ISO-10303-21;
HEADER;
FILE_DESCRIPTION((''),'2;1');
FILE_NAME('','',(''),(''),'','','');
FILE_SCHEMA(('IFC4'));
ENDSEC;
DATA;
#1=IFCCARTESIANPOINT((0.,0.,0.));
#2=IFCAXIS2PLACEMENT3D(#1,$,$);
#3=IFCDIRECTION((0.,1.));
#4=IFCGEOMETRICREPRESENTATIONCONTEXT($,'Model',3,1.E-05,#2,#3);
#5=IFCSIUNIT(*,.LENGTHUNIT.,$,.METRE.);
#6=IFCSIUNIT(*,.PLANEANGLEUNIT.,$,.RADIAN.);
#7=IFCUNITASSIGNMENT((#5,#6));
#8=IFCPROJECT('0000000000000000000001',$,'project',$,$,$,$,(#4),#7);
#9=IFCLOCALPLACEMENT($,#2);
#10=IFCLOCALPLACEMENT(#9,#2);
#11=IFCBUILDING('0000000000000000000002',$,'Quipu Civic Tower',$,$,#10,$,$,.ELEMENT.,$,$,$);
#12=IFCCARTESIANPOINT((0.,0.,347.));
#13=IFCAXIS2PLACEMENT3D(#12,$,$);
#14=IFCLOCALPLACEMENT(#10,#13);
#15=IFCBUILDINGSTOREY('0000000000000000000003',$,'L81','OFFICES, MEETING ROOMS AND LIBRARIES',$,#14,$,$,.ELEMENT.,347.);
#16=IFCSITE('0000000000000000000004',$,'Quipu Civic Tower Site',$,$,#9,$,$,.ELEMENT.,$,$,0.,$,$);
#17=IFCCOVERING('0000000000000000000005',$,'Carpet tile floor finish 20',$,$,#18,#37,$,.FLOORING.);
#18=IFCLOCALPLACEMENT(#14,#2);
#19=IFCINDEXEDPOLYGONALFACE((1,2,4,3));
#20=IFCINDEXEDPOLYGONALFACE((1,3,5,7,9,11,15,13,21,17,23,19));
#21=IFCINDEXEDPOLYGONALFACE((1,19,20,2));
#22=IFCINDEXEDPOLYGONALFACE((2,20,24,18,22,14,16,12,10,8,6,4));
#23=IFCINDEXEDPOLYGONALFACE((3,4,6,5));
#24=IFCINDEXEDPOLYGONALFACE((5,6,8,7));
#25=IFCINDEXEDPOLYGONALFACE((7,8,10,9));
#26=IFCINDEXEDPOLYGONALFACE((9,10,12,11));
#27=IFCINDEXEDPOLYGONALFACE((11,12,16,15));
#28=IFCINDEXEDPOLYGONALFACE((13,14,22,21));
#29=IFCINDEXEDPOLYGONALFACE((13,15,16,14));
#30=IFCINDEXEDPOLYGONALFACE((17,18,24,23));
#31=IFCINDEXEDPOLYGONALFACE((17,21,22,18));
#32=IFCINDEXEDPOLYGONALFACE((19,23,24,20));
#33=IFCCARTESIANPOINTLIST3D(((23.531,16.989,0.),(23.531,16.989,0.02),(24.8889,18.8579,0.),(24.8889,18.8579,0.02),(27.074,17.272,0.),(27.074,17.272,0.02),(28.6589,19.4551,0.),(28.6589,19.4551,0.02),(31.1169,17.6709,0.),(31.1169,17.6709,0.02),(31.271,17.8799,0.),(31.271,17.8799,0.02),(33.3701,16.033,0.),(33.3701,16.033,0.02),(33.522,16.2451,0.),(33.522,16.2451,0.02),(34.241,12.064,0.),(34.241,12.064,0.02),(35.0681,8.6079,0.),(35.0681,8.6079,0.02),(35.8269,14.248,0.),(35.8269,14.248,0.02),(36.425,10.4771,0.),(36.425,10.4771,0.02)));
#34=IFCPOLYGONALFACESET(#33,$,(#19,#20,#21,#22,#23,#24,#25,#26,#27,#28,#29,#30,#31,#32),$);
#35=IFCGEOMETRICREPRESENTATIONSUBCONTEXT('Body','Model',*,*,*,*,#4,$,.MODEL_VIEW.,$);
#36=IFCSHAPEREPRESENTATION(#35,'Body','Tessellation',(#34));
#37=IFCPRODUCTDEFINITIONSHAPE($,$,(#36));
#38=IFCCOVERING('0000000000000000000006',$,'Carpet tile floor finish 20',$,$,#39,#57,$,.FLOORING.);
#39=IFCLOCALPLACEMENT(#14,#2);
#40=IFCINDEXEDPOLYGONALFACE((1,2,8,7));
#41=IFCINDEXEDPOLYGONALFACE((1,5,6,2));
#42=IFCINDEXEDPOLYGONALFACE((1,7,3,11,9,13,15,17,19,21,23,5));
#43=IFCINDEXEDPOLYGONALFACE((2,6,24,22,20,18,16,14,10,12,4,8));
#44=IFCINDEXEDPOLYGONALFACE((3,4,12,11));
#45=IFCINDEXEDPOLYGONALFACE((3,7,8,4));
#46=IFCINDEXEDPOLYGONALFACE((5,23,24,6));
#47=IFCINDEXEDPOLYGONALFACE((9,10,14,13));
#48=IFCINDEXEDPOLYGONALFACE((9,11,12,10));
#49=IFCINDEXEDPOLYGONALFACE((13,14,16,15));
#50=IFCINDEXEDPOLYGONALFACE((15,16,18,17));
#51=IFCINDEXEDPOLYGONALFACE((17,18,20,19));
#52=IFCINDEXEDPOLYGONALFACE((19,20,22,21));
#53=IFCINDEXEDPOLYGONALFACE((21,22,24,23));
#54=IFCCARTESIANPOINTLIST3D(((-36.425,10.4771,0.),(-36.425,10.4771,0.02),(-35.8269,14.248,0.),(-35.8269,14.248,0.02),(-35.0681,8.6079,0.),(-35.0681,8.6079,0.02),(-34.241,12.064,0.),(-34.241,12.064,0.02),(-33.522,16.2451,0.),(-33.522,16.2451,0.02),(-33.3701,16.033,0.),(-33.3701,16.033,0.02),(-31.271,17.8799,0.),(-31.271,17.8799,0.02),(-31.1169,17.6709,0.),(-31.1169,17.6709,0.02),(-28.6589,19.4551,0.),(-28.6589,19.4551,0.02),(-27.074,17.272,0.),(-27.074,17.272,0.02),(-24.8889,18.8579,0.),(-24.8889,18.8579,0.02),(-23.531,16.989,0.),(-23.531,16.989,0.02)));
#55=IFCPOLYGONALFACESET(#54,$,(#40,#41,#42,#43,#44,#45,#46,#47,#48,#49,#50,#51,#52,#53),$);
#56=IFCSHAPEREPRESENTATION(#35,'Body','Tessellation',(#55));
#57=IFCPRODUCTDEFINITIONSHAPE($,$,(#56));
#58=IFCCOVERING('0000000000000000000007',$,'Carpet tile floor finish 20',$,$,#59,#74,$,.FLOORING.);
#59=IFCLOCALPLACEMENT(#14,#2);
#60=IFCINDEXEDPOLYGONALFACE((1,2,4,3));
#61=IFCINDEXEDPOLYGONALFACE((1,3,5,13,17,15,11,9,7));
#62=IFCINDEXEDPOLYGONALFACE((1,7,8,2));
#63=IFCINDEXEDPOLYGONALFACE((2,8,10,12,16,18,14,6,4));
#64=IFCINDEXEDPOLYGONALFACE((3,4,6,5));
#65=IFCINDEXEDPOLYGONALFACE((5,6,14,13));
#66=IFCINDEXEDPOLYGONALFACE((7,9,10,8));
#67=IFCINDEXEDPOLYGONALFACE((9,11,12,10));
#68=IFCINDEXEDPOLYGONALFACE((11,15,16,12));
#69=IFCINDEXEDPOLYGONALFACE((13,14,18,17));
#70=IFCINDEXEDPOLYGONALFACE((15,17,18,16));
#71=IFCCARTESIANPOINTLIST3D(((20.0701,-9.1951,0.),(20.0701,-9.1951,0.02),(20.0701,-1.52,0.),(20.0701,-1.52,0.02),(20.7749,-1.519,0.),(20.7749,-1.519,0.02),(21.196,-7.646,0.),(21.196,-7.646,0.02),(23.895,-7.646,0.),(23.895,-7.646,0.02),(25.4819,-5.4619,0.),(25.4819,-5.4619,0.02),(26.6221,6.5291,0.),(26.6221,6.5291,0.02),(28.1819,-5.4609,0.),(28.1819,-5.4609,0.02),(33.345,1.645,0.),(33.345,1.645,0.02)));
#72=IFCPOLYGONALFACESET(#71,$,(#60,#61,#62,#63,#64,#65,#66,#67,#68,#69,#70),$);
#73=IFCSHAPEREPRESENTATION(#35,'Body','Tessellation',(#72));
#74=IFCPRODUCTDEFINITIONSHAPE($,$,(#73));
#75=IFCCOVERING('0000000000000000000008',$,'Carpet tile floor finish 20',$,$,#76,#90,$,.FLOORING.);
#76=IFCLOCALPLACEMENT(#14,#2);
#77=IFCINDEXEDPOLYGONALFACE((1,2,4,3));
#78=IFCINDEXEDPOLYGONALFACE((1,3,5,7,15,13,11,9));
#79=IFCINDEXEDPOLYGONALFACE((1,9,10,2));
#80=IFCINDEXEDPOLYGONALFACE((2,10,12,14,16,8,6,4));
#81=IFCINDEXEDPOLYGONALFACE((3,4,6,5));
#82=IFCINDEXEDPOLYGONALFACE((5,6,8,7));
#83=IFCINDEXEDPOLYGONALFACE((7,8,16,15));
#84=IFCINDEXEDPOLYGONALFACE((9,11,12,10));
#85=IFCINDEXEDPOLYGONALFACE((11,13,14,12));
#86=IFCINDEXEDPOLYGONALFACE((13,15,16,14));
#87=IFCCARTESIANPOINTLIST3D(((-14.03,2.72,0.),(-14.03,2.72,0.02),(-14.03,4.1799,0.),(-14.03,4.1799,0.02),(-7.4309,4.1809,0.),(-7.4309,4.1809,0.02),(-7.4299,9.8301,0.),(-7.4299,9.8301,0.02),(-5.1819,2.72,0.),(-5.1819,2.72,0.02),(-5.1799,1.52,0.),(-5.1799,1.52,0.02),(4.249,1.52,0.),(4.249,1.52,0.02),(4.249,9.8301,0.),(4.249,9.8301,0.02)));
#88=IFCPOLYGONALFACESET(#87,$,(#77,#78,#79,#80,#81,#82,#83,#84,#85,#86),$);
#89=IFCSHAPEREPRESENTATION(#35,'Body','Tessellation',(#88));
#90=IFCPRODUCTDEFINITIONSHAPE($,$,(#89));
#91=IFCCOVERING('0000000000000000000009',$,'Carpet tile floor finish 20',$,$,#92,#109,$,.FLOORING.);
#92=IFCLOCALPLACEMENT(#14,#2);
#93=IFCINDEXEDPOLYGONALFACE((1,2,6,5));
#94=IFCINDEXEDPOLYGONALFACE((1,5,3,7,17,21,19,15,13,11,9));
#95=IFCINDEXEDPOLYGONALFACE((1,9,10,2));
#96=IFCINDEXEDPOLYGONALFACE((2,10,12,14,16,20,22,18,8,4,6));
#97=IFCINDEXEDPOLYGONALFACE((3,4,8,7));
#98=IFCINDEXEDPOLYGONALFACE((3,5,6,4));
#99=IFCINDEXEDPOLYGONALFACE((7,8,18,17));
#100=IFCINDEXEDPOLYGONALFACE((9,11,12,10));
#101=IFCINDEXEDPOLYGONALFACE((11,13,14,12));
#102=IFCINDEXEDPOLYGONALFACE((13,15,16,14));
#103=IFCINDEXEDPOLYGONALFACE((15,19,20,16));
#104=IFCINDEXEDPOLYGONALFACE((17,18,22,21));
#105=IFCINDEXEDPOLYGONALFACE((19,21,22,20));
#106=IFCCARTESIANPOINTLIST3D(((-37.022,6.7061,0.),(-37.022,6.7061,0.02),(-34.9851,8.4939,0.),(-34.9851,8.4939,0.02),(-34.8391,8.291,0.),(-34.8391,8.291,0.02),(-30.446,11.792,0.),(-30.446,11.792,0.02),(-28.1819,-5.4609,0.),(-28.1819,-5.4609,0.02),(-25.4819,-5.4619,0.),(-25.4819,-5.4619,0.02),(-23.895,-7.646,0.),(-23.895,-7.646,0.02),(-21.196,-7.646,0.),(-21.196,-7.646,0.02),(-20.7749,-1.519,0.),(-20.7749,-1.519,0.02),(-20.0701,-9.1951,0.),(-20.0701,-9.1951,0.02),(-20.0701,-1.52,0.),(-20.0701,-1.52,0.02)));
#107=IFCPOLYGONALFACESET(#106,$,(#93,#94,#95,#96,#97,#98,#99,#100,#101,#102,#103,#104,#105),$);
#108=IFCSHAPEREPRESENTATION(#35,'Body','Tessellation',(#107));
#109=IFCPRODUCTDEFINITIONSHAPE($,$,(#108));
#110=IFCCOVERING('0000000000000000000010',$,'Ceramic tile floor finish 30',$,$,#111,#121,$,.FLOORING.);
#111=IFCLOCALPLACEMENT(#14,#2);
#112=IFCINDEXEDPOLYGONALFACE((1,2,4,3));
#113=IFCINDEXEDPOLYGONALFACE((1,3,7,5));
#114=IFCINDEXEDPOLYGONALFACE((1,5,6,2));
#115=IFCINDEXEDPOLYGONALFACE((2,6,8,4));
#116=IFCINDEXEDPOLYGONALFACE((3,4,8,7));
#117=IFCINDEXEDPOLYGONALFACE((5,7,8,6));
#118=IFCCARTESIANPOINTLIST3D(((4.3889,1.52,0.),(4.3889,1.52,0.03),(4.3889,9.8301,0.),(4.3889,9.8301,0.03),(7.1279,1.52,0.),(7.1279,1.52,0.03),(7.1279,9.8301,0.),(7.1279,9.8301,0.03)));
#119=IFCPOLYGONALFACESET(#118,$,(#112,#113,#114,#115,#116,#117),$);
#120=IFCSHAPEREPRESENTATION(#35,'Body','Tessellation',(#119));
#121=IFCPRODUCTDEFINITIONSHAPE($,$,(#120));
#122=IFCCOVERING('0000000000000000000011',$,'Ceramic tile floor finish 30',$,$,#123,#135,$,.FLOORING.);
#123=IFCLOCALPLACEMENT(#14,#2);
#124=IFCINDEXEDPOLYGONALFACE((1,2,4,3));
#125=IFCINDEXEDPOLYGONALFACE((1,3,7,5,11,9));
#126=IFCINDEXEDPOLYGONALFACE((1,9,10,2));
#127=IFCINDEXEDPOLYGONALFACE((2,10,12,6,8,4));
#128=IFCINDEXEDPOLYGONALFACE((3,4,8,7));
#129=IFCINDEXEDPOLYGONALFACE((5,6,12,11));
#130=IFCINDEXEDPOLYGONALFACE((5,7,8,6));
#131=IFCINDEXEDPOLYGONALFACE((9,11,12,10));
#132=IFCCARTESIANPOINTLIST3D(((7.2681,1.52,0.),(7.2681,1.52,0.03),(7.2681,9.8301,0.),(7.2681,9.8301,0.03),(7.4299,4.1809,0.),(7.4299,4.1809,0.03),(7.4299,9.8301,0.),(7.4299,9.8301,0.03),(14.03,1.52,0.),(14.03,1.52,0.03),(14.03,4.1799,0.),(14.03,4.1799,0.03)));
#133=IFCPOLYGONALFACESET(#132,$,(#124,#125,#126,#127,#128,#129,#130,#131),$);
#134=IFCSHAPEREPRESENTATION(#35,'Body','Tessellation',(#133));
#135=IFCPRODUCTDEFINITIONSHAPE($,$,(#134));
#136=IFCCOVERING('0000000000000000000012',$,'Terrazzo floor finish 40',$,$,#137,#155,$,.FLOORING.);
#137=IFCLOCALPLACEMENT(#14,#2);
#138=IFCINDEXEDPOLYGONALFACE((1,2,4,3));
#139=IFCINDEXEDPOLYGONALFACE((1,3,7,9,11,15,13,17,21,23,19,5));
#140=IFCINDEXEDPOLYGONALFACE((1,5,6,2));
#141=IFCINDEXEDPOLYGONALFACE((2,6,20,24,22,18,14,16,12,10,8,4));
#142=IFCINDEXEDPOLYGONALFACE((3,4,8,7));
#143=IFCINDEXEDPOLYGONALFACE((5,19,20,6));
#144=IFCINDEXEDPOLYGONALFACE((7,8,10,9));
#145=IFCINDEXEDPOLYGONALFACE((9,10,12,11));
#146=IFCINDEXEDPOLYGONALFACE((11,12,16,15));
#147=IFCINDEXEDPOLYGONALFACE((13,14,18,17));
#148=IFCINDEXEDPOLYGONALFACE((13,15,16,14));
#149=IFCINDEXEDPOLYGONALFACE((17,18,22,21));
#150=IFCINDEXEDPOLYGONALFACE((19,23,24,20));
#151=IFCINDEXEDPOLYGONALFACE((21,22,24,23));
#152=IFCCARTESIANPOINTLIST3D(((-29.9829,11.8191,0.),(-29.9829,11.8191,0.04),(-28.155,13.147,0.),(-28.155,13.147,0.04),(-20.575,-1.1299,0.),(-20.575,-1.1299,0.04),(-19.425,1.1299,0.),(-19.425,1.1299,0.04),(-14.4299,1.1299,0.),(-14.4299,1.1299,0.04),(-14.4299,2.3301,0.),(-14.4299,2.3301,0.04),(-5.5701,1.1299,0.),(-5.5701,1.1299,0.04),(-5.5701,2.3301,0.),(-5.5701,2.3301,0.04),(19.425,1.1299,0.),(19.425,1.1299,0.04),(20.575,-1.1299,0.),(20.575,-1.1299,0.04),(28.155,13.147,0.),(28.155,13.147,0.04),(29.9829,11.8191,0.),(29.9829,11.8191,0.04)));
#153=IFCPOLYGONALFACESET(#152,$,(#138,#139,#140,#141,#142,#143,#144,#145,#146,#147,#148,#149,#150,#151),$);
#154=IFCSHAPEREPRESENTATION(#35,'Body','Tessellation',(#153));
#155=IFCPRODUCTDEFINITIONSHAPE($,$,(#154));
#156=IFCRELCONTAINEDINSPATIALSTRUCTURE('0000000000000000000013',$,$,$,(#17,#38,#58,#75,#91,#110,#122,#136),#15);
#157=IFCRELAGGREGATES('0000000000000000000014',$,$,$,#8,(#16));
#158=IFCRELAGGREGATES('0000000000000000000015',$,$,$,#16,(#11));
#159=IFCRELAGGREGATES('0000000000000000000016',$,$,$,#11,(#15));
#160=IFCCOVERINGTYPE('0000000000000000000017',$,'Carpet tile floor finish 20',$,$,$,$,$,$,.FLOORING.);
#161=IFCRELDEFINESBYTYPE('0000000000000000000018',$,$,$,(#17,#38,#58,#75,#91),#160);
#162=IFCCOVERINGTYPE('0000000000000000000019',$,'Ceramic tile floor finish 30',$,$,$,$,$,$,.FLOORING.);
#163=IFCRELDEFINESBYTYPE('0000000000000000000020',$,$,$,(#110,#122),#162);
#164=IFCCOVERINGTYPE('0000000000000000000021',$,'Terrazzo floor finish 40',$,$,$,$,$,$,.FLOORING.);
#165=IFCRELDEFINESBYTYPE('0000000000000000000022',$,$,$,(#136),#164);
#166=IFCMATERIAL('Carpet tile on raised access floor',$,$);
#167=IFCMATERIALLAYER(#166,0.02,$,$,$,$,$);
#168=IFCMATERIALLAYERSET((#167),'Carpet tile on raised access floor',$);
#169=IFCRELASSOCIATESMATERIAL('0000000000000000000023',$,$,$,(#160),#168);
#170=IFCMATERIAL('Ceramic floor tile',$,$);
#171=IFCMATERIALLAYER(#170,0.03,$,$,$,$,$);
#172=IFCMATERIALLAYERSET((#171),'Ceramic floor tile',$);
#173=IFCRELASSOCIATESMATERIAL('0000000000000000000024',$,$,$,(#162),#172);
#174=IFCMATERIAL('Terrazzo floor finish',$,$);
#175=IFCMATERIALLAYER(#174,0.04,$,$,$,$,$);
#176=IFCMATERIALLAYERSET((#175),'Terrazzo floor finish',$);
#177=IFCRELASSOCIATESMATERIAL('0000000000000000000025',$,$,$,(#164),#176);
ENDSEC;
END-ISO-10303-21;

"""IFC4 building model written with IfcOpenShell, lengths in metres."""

from ifc_helpers import new_model, si_unit, direction, frame, origin, place, context, subcontext, project, spatial, polyline, outline, extrude, material, layer, layer_set, type_object, element, save


model = new_model("IFC4")

# Units and contexts
model_context = context("Model", 3, precision=1e-05, world=origin(), true_north=direction((0.0, 1.0)))
body_context = subcontext(model_context, "Body", "Model", "MODEL_VIEW")
ifc_project = project(units=[si_unit("LENGTHUNIT", "METRE"), si_unit("PLANEANGLEUNIT", "RADIAN")], contexts=[model_context])

# Site, building, storey
site_placement = place(None, origin())
site = spatial("IfcSite", under=ifc_project, at=site_placement, Name="Quipu Civic Tower Site", CompositionType="ELEMENT", RefElevation=0.0)
building_placement = place(site_placement, origin())
building = spatial("IfcBuilding", under=site, at=building_placement, Name="Quipu Civic Tower", CompositionType="ELEMENT")
storey_placement = place(building_placement, frame((0.0, 0.0, 347.0)))
storey = spatial("IfcBuildingStorey", under=building, at=storey_placement, Name="L81", Description="OFFICES, MEETING ROOMS AND LIBRARIES", CompositionType="ELEMENT", Elevation=347.0)

# Coverings
ifc_material_1 = material(Name="Carpet tile on raised access floor")
ifc_layer_1 = layer(ifc_material_1, 0.02)
ifc_layer_set_1 = layer_set([ifc_layer_1], Name="Carpet tile on raised access floor")
covering_type_1 = type_object("IfcCoveringType", Name="Carpet tile floor finish 20", PredefinedType="FLOORING", material=ifc_layer_set_1)
covering_1_placement = place(storey_placement, origin())
element("IfcCovering", 1, at=covering_1_placement, inside=storey, type_object=covering_type_1, Name="Carpet tile floor finish 20", PredefinedType="FLOORING", context=body_context, shape_type="SweptSolid", body=[
    extrude(outline(polyline([(23.531, 16.989), (24.8889, 18.8579), (27.074, 17.272), (28.6589, 19.4551), (31.1169, 17.6709), (31.271, 17.8799), (33.522, 16.2451), (33.3701, 16.033), (35.8269, 14.248), (34.241, 12.064), (36.425, 10.4771), (35.0681, 8.6079), (23.531, 16.989)])), origin(), (0.0, 0.0, 1.0), 0.02),
])
covering_2_placement = place(storey_placement, origin())
element("IfcCovering", 2, at=covering_2_placement, inside=storey, type_object=covering_type_1, Name="Carpet tile floor finish 20", PredefinedType="FLOORING", context=body_context, shape_type="SweptSolid", body=[
    extrude(outline(polyline([(-36.425, 10.4771), (-34.241, 12.064), (-35.8269, 14.248), (-33.3701, 16.033), (-33.522, 16.2451), (-31.271, 17.8799), (-31.1169, 17.6709), (-28.6589, 19.4551), (-27.074, 17.272), (-24.8889, 18.8579), (-23.531, 16.989), (-35.0681, 8.6079), (-36.425, 10.4771)])), origin(), (0.0, 0.0, 1.0), 0.02),
])
covering_3_placement = place(storey_placement, origin())
element("IfcCovering", 3, at=covering_3_placement, inside=storey, type_object=covering_type_1, Name="Carpet tile floor finish 20", PredefinedType="FLOORING", context=body_context, shape_type="SweptSolid", body=[
    extrude(outline(polyline([(20.0701, -9.1951), (20.0701, -1.52), (20.7749, -1.519), (26.6221, 6.5291), (33.345, 1.645), (28.1819, -5.4609), (25.4819, -5.4619), (23.895, -7.646), (21.196, -7.646), (20.0701, -9.1951)])), origin(), (0.0, 0.0, 1.0), 0.02),
])
covering_4_placement = place(storey_placement, origin())
element("IfcCovering", 4, at=covering_4_placement, inside=storey, type_object=covering_type_1, Name="Carpet tile floor finish 20", PredefinedType="FLOORING", context=body_context, shape_type="SweptSolid", body=[
    extrude(outline(polyline([(-14.03, 2.72), (-14.03, 4.1799), (-7.4309, 4.1809), (-7.4299, 9.8301), (4.249, 9.8301), (4.249, 1.52), (-5.1799, 1.52), (-5.1819, 2.72), (-14.03, 2.72)])), origin(), (0.0, 0.0, 1.0), 0.02),
])
covering_5_placement = place(storey_placement, origin())
element("IfcCovering", 5, at=covering_5_placement, inside=storey, type_object=covering_type_1, Name="Carpet tile floor finish 20", PredefinedType="FLOORING", context=body_context, shape_type="SweptSolid", body=[
    extrude(outline(polyline([(-37.022, 6.7061), (-34.8391, 8.291), (-34.9851, 8.4939), (-30.446, 11.792), (-20.7749, -1.519), (-20.0701, -1.52), (-20.0701, -9.1951), (-21.196, -7.646), (-23.895, -7.646), (-25.4819, -5.4619), (-28.1819, -5.4609), (-37.022, 6.7061)])), origin(), (0.0, 0.0, 1.0), 0.02),
])
ifc_material_2 = material(Name="Ceramic floor tile")
ifc_layer_2 = layer(ifc_material_2, 0.03)
ifc_layer_set_2 = layer_set([ifc_layer_2], Name="Ceramic floor tile")
covering_type_2 = type_object("IfcCoveringType", Name="Ceramic tile floor finish 30", PredefinedType="FLOORING", material=ifc_layer_set_2)
covering_6_placement = place(storey_placement, origin())
element("IfcCovering", 6, at=covering_6_placement, inside=storey, type_object=covering_type_2, Name="Ceramic tile floor finish 30", PredefinedType="FLOORING", context=body_context, shape_type="SweptSolid", body=[
    extrude(outline(polyline([(4.3889, 1.52), (4.3889, 9.8301), (7.1279, 9.8301), (7.1279, 1.52), (4.3889, 1.52)])), origin(), (0.0, 0.0, 1.0), 0.03),
])
covering_7_placement = place(storey_placement, origin())
element("IfcCovering", 7, at=covering_7_placement, inside=storey, type_object=covering_type_2, Name="Ceramic tile floor finish 30", PredefinedType="FLOORING", context=body_context, shape_type="SweptSolid", body=[
    extrude(outline(polyline([(7.2681, 1.52), (7.2681, 9.8301), (7.4299, 9.8301), (7.4299, 4.1809), (14.03, 4.1799), (14.03, 1.52), (7.2681, 1.52)])), origin(), (0.0, 0.0, 1.0), 0.03),
])
ifc_material_3 = material(Name="Terrazzo floor finish")
ifc_layer_3 = layer(ifc_material_3, 0.04)
ifc_layer_set_3 = layer_set([ifc_layer_3], Name="Terrazzo floor finish")
covering_type_3 = type_object("IfcCoveringType", Name="Terrazzo floor finish 40", PredefinedType="FLOORING", material=ifc_layer_set_3)
covering_8_placement = place(storey_placement, origin())
element("IfcCovering", 8, at=covering_8_placement, inside=storey, type_object=covering_type_3, Name="Terrazzo floor finish 40", PredefinedType="FLOORING", context=body_context, shape_type="SweptSolid", body=[
    extrude(outline(polyline([(19.425, 1.1299), (28.155, 13.147), (29.9829, 11.8191), (20.575, -1.1299), (-20.575, -1.1299), (-29.9829, 11.8191), (-28.155, 13.147), (-19.425, 1.1299), (-14.4299, 1.1299), (-14.4299, 2.3301), (-5.5701, 2.3301), (-5.5701, 1.1299), (19.425, 1.1299)])), origin(), (0.0, 0.0, 1.0), 0.04),
])

save(model, "model.ifc")
